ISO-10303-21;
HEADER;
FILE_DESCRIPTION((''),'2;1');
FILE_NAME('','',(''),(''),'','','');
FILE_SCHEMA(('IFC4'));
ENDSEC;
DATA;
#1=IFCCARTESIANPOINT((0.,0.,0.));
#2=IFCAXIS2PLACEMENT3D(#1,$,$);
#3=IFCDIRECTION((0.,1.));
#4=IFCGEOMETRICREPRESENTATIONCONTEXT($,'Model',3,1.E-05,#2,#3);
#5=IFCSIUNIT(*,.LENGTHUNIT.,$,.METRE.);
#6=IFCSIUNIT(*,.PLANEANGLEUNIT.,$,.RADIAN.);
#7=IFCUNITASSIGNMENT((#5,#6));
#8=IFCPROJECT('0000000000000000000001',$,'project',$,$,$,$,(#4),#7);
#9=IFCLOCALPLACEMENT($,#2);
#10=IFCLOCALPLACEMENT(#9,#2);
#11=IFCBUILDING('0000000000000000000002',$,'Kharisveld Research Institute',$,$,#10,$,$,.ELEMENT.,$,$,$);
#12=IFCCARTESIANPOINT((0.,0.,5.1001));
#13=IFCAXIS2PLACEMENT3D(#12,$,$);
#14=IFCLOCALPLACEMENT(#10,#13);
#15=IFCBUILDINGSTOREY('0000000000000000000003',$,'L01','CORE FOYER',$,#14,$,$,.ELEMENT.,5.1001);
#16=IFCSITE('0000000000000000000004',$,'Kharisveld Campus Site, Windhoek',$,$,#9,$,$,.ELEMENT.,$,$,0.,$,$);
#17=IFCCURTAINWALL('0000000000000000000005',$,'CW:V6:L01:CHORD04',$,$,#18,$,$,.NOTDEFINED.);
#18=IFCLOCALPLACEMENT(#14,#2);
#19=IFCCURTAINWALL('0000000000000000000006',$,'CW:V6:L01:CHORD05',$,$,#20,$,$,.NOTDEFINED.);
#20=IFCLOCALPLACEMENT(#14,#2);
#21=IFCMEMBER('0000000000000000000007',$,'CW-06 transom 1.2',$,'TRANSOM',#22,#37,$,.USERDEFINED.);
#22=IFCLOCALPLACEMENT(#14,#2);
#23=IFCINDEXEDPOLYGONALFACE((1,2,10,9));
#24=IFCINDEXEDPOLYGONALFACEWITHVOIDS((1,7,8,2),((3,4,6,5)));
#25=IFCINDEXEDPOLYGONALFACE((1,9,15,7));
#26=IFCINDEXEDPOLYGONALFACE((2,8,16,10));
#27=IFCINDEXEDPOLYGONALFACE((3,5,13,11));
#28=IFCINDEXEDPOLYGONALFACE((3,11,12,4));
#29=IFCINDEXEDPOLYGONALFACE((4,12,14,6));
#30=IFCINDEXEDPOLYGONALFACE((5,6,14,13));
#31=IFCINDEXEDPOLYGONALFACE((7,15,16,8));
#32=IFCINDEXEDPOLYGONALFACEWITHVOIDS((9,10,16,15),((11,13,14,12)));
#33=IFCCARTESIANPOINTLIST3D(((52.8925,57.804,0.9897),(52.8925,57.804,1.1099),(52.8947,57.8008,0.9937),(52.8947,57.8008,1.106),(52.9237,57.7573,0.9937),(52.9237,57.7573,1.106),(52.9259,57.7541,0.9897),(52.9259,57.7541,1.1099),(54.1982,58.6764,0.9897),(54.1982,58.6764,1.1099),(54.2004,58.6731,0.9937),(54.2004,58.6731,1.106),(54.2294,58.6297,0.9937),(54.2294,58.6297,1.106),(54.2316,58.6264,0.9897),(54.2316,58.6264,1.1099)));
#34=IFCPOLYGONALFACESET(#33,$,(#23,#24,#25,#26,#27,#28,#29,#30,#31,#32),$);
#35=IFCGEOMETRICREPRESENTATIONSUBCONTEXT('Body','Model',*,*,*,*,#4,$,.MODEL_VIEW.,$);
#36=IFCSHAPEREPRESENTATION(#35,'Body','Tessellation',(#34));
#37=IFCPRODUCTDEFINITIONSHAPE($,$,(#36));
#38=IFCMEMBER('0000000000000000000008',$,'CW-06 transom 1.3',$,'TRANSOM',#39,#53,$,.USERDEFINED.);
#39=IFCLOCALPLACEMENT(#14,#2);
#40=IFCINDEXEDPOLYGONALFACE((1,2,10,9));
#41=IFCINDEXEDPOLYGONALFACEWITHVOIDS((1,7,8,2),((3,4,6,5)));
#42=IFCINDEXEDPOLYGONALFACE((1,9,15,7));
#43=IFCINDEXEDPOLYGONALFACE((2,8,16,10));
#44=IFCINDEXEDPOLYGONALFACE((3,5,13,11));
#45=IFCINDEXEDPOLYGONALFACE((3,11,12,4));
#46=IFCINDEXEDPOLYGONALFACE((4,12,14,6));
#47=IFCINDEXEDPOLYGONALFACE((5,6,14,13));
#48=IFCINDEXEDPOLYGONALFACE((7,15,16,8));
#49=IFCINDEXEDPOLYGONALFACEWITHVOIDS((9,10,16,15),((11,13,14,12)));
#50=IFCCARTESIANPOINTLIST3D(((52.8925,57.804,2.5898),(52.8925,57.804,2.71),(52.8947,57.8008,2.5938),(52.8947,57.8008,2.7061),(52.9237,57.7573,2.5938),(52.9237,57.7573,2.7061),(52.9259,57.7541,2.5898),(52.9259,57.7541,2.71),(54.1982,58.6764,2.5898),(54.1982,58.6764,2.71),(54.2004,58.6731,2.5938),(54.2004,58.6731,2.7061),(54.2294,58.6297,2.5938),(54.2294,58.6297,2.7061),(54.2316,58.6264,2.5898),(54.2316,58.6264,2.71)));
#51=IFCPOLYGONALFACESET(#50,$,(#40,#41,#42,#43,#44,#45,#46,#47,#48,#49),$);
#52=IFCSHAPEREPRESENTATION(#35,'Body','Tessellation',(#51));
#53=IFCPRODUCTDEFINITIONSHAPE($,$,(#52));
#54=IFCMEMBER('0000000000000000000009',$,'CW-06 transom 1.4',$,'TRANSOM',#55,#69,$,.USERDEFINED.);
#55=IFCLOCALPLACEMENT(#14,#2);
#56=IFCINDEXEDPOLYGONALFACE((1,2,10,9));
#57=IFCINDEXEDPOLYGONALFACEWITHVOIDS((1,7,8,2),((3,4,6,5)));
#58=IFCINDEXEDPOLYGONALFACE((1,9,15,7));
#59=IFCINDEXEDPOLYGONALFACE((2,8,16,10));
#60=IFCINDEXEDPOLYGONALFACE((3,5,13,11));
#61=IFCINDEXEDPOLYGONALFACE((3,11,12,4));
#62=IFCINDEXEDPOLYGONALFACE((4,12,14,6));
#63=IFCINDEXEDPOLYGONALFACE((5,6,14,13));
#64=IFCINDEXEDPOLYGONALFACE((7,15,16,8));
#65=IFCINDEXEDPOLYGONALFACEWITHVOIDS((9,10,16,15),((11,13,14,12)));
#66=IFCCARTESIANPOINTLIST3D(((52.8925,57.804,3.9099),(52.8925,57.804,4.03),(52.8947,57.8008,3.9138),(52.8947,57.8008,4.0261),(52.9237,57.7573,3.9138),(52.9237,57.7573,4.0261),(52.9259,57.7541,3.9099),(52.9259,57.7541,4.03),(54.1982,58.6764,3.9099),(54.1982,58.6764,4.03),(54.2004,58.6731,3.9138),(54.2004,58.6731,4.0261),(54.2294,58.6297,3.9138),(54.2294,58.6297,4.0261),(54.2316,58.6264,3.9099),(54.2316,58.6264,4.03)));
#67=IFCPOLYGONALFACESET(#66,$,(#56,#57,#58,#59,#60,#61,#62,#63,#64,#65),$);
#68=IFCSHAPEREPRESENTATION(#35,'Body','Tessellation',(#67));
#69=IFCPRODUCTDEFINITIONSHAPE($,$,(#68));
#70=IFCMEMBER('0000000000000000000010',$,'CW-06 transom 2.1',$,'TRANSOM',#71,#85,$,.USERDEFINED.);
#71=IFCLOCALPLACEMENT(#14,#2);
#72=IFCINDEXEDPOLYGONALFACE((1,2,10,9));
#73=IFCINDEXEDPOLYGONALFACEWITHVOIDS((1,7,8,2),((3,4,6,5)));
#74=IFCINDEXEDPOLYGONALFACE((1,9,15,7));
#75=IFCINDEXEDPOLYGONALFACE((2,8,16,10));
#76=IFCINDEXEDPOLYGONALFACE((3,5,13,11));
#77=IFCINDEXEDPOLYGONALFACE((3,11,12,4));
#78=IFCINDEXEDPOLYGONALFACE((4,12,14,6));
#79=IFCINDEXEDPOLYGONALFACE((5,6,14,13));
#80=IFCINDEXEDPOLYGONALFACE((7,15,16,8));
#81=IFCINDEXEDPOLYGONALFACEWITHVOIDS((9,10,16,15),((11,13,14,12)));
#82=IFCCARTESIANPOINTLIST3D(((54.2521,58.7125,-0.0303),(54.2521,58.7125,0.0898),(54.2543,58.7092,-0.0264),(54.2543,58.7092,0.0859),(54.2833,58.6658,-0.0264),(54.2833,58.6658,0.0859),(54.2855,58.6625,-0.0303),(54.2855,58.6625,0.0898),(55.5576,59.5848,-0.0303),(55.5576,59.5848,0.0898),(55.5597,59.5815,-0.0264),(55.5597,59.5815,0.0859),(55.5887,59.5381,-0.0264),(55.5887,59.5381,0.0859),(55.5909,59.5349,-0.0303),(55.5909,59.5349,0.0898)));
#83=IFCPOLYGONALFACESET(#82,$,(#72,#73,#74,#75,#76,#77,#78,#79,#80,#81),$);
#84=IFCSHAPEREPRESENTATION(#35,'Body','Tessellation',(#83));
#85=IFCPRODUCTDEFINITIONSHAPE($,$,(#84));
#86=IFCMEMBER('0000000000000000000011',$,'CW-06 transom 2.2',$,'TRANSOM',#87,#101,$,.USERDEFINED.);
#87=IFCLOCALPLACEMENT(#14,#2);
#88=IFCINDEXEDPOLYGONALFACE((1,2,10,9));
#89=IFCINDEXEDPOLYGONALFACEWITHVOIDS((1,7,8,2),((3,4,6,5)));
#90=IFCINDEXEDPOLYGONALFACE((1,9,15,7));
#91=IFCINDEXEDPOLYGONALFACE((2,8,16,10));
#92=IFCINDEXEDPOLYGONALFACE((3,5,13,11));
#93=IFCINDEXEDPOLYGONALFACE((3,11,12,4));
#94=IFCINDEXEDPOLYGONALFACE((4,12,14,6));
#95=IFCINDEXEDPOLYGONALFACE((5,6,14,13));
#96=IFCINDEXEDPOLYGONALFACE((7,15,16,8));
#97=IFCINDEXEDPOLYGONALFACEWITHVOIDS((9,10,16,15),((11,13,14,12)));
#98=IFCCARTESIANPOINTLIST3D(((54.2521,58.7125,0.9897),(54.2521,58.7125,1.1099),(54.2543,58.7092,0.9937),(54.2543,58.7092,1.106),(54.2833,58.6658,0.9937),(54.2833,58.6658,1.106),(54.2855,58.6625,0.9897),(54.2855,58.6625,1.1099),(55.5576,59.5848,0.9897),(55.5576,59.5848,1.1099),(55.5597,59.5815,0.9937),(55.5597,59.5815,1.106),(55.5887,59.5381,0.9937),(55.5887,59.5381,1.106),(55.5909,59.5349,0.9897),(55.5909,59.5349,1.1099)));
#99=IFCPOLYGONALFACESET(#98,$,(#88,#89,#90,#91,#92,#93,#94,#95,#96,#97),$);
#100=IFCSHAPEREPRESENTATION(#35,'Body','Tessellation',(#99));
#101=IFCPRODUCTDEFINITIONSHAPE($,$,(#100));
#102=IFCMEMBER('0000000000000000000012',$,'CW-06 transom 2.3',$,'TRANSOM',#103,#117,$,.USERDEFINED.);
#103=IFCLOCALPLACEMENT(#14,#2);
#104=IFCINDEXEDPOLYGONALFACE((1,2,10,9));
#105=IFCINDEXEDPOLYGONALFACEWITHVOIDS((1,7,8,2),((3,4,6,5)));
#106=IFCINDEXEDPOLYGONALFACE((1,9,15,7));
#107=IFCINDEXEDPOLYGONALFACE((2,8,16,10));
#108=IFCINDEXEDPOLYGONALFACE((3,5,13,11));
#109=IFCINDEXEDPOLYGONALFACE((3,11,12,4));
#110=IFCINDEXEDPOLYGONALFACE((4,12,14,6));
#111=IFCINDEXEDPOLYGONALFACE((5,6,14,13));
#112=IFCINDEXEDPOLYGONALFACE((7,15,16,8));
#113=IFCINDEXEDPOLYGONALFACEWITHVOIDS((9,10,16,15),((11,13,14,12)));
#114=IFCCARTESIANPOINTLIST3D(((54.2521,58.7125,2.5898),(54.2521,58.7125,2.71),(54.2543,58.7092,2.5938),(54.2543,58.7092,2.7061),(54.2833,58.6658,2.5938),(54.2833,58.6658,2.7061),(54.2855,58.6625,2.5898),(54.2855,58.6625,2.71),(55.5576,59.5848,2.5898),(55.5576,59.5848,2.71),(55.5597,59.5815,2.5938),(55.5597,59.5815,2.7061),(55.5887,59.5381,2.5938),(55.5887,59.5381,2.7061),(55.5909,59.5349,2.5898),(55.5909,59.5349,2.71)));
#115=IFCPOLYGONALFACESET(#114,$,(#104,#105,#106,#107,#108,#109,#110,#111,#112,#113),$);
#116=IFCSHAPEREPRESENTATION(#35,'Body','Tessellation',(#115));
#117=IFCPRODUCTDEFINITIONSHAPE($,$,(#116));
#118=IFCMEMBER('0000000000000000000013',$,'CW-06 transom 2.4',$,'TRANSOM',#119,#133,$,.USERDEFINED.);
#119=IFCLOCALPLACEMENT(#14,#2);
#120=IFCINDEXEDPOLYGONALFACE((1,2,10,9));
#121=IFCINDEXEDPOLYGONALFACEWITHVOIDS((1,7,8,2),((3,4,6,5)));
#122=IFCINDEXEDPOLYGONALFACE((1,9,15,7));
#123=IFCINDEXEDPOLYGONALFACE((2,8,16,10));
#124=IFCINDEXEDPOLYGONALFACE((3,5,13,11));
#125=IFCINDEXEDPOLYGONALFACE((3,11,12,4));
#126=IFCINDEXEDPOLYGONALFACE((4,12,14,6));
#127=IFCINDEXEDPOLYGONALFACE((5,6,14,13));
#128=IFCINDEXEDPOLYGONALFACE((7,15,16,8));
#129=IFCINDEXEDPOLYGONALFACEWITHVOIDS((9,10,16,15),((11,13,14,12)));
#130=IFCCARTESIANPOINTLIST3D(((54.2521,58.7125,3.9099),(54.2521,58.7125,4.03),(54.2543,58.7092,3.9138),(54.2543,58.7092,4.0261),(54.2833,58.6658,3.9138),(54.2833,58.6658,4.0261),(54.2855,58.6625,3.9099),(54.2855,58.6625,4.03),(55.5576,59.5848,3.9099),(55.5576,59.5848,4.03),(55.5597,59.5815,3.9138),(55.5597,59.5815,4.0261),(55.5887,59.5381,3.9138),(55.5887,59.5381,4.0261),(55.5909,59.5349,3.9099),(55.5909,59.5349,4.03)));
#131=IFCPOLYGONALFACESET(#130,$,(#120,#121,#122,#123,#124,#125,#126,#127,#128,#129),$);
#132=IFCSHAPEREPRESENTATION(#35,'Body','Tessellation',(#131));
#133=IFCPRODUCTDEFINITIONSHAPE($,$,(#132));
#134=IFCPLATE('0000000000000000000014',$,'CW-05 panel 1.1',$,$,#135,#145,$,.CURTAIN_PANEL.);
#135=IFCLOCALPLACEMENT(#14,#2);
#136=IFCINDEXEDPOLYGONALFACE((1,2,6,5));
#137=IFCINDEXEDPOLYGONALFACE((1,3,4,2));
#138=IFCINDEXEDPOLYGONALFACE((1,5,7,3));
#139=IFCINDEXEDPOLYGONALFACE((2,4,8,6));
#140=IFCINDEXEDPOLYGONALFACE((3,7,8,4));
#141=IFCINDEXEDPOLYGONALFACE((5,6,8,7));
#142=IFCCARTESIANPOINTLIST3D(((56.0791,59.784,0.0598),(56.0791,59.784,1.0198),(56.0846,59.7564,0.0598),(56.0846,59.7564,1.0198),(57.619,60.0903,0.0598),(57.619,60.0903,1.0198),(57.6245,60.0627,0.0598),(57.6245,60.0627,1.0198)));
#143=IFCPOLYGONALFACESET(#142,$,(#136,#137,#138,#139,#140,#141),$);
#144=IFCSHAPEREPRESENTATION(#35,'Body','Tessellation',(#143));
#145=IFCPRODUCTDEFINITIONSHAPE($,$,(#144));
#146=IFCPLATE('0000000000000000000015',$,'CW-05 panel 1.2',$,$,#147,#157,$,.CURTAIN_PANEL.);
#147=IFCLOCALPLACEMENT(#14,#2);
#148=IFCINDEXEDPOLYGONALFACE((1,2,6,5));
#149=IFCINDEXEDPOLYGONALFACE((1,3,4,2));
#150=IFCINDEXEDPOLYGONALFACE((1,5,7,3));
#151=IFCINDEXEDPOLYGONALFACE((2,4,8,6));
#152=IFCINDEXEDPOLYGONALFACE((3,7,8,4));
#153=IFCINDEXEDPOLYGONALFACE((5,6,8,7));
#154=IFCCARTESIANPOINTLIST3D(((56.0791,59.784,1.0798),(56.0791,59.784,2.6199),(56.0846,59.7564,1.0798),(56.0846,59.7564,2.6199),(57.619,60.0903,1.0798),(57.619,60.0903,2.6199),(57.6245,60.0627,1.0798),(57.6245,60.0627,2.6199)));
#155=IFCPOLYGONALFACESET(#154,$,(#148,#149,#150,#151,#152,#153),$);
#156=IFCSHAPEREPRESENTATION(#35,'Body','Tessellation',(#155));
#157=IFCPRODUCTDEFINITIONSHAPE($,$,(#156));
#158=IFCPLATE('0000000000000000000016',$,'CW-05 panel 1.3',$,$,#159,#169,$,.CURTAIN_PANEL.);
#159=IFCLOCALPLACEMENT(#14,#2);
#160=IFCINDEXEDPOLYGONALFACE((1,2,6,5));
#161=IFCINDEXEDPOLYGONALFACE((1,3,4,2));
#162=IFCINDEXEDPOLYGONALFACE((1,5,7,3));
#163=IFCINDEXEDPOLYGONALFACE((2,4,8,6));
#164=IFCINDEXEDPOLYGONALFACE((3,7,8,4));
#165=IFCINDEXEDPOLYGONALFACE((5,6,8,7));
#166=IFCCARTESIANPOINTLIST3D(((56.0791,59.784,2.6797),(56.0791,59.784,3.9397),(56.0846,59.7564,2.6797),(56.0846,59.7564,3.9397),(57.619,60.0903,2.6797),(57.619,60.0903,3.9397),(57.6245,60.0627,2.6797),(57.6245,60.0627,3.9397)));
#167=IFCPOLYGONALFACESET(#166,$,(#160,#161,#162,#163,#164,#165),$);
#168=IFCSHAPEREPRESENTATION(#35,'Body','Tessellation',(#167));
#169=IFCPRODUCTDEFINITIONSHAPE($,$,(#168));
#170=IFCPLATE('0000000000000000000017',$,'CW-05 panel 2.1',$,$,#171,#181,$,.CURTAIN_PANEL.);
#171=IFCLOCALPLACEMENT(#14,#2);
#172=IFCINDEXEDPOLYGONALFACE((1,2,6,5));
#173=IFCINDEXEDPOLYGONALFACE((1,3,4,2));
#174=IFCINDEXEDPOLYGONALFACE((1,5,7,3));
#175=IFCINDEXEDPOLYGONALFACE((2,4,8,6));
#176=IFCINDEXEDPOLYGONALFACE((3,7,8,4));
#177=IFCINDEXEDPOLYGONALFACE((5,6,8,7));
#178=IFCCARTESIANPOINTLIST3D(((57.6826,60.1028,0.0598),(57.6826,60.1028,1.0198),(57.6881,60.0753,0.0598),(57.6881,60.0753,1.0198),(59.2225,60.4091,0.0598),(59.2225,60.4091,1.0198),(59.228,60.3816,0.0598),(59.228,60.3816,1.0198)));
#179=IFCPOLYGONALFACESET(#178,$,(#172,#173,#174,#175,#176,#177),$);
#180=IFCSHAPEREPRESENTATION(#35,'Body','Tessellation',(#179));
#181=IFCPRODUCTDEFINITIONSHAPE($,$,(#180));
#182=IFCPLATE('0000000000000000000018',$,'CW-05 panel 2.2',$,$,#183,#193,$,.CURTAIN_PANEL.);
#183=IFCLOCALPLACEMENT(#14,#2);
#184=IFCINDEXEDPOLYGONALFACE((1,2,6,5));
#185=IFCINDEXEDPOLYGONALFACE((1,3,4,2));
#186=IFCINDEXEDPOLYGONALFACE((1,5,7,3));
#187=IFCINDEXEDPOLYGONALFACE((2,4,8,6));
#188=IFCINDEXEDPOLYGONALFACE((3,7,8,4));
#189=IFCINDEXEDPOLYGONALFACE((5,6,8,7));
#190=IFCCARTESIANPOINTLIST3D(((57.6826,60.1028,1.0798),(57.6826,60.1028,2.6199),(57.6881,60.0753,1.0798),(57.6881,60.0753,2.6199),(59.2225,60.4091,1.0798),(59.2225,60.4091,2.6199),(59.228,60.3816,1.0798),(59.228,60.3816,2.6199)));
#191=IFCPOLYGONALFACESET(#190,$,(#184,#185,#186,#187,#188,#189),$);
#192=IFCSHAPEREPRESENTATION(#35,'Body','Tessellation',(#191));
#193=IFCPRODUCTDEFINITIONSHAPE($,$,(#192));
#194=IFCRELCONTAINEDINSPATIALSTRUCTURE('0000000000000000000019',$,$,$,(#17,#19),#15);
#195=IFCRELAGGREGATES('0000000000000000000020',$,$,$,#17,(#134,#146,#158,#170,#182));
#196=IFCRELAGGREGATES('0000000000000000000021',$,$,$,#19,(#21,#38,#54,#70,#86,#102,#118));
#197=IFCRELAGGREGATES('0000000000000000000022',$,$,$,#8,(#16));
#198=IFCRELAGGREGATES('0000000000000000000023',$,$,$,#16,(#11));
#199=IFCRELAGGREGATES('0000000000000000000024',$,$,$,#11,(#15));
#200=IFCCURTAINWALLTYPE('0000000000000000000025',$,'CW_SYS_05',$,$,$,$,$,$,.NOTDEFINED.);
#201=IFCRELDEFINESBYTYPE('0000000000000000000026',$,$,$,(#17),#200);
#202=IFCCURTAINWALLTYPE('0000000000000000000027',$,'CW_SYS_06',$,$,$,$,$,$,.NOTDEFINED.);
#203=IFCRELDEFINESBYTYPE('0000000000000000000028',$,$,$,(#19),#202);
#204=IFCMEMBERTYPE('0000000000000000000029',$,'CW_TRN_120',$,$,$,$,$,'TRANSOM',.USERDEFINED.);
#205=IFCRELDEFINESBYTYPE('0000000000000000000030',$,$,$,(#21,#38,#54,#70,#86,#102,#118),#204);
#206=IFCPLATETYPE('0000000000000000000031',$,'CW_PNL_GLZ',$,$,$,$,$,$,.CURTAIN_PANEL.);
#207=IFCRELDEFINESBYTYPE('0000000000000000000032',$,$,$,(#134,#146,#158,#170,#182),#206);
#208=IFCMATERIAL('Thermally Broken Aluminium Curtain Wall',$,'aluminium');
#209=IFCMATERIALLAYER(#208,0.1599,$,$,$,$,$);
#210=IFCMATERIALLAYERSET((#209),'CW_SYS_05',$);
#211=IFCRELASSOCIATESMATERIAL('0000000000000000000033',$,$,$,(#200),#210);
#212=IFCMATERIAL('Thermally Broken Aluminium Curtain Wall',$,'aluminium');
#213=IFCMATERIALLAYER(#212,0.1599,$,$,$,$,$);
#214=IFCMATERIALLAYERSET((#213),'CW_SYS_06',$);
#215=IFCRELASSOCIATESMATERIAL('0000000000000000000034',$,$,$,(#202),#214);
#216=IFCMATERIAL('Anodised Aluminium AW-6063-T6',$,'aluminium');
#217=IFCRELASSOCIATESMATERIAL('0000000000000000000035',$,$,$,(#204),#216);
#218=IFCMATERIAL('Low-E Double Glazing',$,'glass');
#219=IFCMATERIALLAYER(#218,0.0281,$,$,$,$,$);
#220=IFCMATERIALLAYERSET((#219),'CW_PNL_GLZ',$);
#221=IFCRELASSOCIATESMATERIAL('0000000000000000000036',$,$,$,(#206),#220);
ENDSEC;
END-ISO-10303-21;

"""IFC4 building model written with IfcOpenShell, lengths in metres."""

from ifc_helpers import new_model, si_unit, direction, frame, origin, origin_2d, place, context, subcontext, project, spatial, rectangle, hollow_rectangle, extrude, material, layer, layer_set, material_profile, profile_set, type_object, element, aggregate, save


model = new_model("IFC4")

# Units and contexts
model_context = context("Model", 3, precision=1e-05, world=origin(), true_north=direction((0.0, 1.0)))
body_context = subcontext(model_context, "Body", "Model", "MODEL_VIEW")
ifc_project = project(units=[si_unit("LENGTHUNIT", "METRE"), si_unit("PLANEANGLEUNIT", "RADIAN")], contexts=[model_context])

# Site, building, storey
site_placement = place(None, origin())
site = spatial("IfcSite", under=ifc_project, at=site_placement, Name="Kharisveld Campus Site, Windhoek", CompositionType="ELEMENT", RefElevation=0.0)
building_placement = place(site_placement, origin())
building = spatial("IfcBuilding", under=site, at=building_placement, Name="Kharisveld Research Institute", CompositionType="ELEMENT")
storey_placement = place(building_placement, frame((0.0, 0.0, 5.1001)))
storey = spatial("IfcBuildingStorey", under=building, at=storey_placement, Name="L01", Description="CORE FOYER", CompositionType="ELEMENT", Elevation=5.1001)

# Curtain walls
ifc_material_1 = material(Name="Thermally Broken Aluminium Curtain Wall", Category="aluminium")
ifc_layer_1 = layer(ifc_material_1, 0.1599)
ifc_layer_set_1 = layer_set([ifc_layer_1], Name="CW_SYS_05")
curtain_wall_type_1 = type_object("IfcCurtainWallType", Name="CW_SYS_05", PredefinedType="NOTDEFINED", material=ifc_layer_set_1)
curtain_wall_1_placement = place(storey_placement, origin())
curtain_wall_1 = element("IfcCurtainWall", 1, at=curtain_wall_1_placement, inside=storey, type_object=curtain_wall_type_1, Name="CW:V6:L01:CHORD04", PredefinedType="NOTDEFINED")
ifc_material_2 = material(Name="Thermally Broken Aluminium Curtain Wall", Category="aluminium")
ifc_layer_2 = layer(ifc_material_2, 0.1599)
ifc_layer_set_2 = layer_set([ifc_layer_2], Name="CW_SYS_06")
curtain_wall_type_2 = type_object("IfcCurtainWallType", Name="CW_SYS_06", PredefinedType="NOTDEFINED", material=ifc_layer_set_2)
curtain_wall_2_placement = place(storey_placement, origin())
curtain_wall_2 = element("IfcCurtainWall", 2, at=curtain_wall_2_placement, inside=storey, type_object=curtain_wall_type_2, Name="CW:V6:L01:CHORD05", PredefinedType="NOTDEFINED")

# Members
ifc_material_3 = material(Name="Anodised Aluminium AW-6063-T6", Category="aluminium")
ifc_material_profile_1 = material_profile(ifc_material_3, hollow_rectangle(XDim=0.0601, YDim=0.1201, WallThickness=0.0039, at=origin_2d()))
ifc_profile_set_1 = profile_set([ifc_material_profile_1], Name="Anodised Aluminium AW-6063-T6")
member_type_1 = type_object("IfcMemberType", Name="CW_TRN_120", ElementType="TRANSOM", PredefinedType="USERDEFINED", material=ifc_profile_set_1)
member_1_placement = place(storey_placement, frame((52.9092, 57.7791, 1.0498), z_axis=(0.8315, 0.555525, 0.0), x_axis=(-0.555525, 0.8315, 0.0)))
member_1 = element("IfcMember", 3, at=member_1_placement, type_object=member_type_1, Name="CW-06 transom 1.2", ObjectType="TRANSOM", PredefinedType="USERDEFINED", context=body_context, shape_type="SweptSolid", body=[
    extrude(hollow_rectangle(XDim=0.0601, YDim=0.1201, WallThickness=0.0039, at=origin_2d()), origin(), (0.0, 0.0, 1.0), 1.5703),
])
member_2_placement = place(storey_placement, frame((52.9092, 57.7791, 2.6499), z_axis=(0.8315, 0.555525, 0.0), x_axis=(-0.555525, 0.8315, 0.0)))
member_2 = element("IfcMember", 4, at=member_2_placement, type_object=member_type_1, Name="CW-06 transom 1.3", ObjectType="TRANSOM", PredefinedType="USERDEFINED", context=body_context, shape_type="SweptSolid", body=[
    extrude(hollow_rectangle(XDim=0.0601, YDim=0.1201, WallThickness=0.0039, at=origin_2d()), origin(), (0.0, 0.0, 1.0), 1.5703),
])
member_3_placement = place(storey_placement, frame((52.9092, 57.7791, 3.97), z_axis=(0.8315, 0.555525, 0.0), x_axis=(-0.555525, 0.8315, 0.0)))
member_3 = element("IfcMember", 5, at=member_3_placement, type_object=member_type_1, Name="CW-06 transom 1.4", ObjectType="TRANSOM", PredefinedType="USERDEFINED", context=body_context, shape_type="SweptSolid", body=[
    extrude(hollow_rectangle(XDim=0.0601, YDim=0.1201, WallThickness=0.0039, at=origin_2d()), origin(), (0.0, 0.0, 1.0), 1.5703),
])
member_4_placement = place(storey_placement, frame((54.2688, 58.6875, 0.0298), z_axis=(0.831452, 0.555597, 0.0), x_axis=(-0.555597, 0.831452, 0.0)))
member_4 = element("IfcMember", 6, at=member_4_placement, type_object=member_type_1, Name="CW-06 transom 2.1", ObjectType="TRANSOM", PredefinedType="USERDEFINED", context=body_context, shape_type="SweptSolid", body=[
    extrude(hollow_rectangle(XDim=0.0601, YDim=0.1201, WallThickness=0.0039, at=origin_2d()), origin(), (0.0, 0.0, 1.0), 1.5701),
])
member_5_placement = place(storey_placement, frame((54.2688, 58.6875, 1.0498), z_axis=(0.831452, 0.555597, 0.0), x_axis=(-0.555597, 0.831452, 0.0)))
member_5 = element("IfcMember", 7, at=member_5_placement, type_object=member_type_1, Name="CW-06 transom 2.2", ObjectType="TRANSOM", PredefinedType="USERDEFINED", context=body_context, shape_type="SweptSolid", body=[
    extrude(hollow_rectangle(XDim=0.0601, YDim=0.1201, WallThickness=0.0039, at=origin_2d()), origin(), (0.0, 0.0, 1.0), 1.5701),
])
member_6_placement = place(storey_placement, frame((54.2688, 58.6875, 2.6499), z_axis=(0.831452, 0.555597, 0.0), x_axis=(-0.555597, 0.831452, 0.0)))
member_6 = element("IfcMember", 8, at=member_6_placement, type_object=member_type_1, Name="CW-06 transom 2.3", ObjectType="TRANSOM", PredefinedType="USERDEFINED", context=body_context, shape_type="SweptSolid", body=[
    extrude(hollow_rectangle(XDim=0.0601, YDim=0.1201, WallThickness=0.0039, at=origin_2d()), origin(), (0.0, 0.0, 1.0), 1.5701),
])
member_7_placement = place(storey_placement, frame((54.2688, 58.6875, 3.97), z_axis=(0.831452, 0.555597, 0.0), x_axis=(-0.555597, 0.831452, 0.0)))
member_7 = element("IfcMember", 9, at=member_7_placement, type_object=member_type_1, Name="CW-06 transom 2.4", ObjectType="TRANSOM", PredefinedType="USERDEFINED", context=body_context, shape_type="SweptSolid", body=[
    extrude(hollow_rectangle(XDim=0.0601, YDim=0.1201, WallThickness=0.0039, at=origin_2d()), origin(), (0.0, 0.0, 1.0), 1.5701),
])

# Plates
ifc_material_4 = material(Name="Low-E Double Glazing", Category="glass")
ifc_layer_3 = layer(ifc_material_4, 0.0281)
ifc_layer_set_3 = layer_set([ifc_layer_3], Name="CW_PNL_GLZ")
plate_type = type_object("IfcPlateType", Name="CW_PNL_GLZ", PredefinedType="CURTAIN_PANEL", material=ifc_layer_set_3)
plate_1_placement = place(storey_placement, frame((56.8518, 59.9233, 0.0598), z_axis=(0.0, 0.0, 1.0), x_axis=(0.980785, 0.195091, 0.0)))
plate_1 = element("IfcPlate", 10, at=plate_1_placement, type_object=plate_type, Name="CW-05 panel 1.1", PredefinedType="CURTAIN_PANEL", context=body_context, shape_type="SweptSolid", body=[
    extrude(rectangle(XDim=1.5701, YDim=0.0281, at=origin_2d()), origin(), (0.0, 0.0, 1.0), 0.96),
])
plate_2_placement = place(storey_placement, frame((56.8518, 59.9233, 1.0798), z_axis=(0.0, 0.0, 1.0), x_axis=(0.980785, 0.195091, 0.0)))
plate_2 = element("IfcPlate", 11, at=plate_2_placement, type_object=plate_type, Name="CW-05 panel 1.2", PredefinedType="CURTAIN_PANEL", context=body_context, shape_type="SweptSolid", body=[
    extrude(rectangle(XDim=1.5701, YDim=0.0281, at=origin_2d()), origin(), (0.0, 0.0, 1.0), 1.54),
])
plate_3_placement = place(storey_placement, frame((56.8518, 59.9233, 2.6797), z_axis=(0.0, 0.0, 1.0), x_axis=(0.980785, 0.195091, 0.0)))
plate_3 = element("IfcPlate", 12, at=plate_3_placement, type_object=plate_type, Name="CW-05 panel 1.3", PredefinedType="CURTAIN_PANEL", context=body_context, shape_type="SweptSolid", body=[
    extrude(rectangle(XDim=1.5701, YDim=0.0281, at=origin_2d()), origin(), (0.0, 0.0, 1.0), 1.26),
])
plate_4_placement = place(storey_placement, frame((58.4553, 60.2422, 0.0598), z_axis=(0.0, 0.0, 1.0), x_axis=(0.980785, 0.195091, 0.0)))
plate_4 = element("IfcPlate", 13, at=plate_4_placement, type_object=plate_type, Name="CW-05 panel 2.1", PredefinedType="CURTAIN_PANEL", context=body_context, shape_type="SweptSolid", body=[
    extrude(rectangle(XDim=1.5701, YDim=0.0281, at=origin_2d()), origin(), (0.0, 0.0, 1.0), 0.96),
])
plate_5_placement = place(storey_placement, frame((58.4553, 60.2422, 1.0798), z_axis=(0.0, 0.0, 1.0), x_axis=(0.980785, 0.195091, 0.0)))
plate_5 = element("IfcPlate", 14, at=plate_5_placement, type_object=plate_type, Name="CW-05 panel 2.2", PredefinedType="CURTAIN_PANEL", context=body_context, shape_type="SweptSolid", body=[
    extrude(rectangle(XDim=1.5701, YDim=0.0281, at=origin_2d()), origin(), (0.0, 0.0, 1.0), 1.54),
])
aggregate(curtain_wall_1, [plate_1, plate_2, plate_3, plate_4, plate_5])
aggregate(curtain_wall_2, [member_1, member_2, member_3, member_4, member_5, member_6, member_7])

save(model, "model.ifc")
